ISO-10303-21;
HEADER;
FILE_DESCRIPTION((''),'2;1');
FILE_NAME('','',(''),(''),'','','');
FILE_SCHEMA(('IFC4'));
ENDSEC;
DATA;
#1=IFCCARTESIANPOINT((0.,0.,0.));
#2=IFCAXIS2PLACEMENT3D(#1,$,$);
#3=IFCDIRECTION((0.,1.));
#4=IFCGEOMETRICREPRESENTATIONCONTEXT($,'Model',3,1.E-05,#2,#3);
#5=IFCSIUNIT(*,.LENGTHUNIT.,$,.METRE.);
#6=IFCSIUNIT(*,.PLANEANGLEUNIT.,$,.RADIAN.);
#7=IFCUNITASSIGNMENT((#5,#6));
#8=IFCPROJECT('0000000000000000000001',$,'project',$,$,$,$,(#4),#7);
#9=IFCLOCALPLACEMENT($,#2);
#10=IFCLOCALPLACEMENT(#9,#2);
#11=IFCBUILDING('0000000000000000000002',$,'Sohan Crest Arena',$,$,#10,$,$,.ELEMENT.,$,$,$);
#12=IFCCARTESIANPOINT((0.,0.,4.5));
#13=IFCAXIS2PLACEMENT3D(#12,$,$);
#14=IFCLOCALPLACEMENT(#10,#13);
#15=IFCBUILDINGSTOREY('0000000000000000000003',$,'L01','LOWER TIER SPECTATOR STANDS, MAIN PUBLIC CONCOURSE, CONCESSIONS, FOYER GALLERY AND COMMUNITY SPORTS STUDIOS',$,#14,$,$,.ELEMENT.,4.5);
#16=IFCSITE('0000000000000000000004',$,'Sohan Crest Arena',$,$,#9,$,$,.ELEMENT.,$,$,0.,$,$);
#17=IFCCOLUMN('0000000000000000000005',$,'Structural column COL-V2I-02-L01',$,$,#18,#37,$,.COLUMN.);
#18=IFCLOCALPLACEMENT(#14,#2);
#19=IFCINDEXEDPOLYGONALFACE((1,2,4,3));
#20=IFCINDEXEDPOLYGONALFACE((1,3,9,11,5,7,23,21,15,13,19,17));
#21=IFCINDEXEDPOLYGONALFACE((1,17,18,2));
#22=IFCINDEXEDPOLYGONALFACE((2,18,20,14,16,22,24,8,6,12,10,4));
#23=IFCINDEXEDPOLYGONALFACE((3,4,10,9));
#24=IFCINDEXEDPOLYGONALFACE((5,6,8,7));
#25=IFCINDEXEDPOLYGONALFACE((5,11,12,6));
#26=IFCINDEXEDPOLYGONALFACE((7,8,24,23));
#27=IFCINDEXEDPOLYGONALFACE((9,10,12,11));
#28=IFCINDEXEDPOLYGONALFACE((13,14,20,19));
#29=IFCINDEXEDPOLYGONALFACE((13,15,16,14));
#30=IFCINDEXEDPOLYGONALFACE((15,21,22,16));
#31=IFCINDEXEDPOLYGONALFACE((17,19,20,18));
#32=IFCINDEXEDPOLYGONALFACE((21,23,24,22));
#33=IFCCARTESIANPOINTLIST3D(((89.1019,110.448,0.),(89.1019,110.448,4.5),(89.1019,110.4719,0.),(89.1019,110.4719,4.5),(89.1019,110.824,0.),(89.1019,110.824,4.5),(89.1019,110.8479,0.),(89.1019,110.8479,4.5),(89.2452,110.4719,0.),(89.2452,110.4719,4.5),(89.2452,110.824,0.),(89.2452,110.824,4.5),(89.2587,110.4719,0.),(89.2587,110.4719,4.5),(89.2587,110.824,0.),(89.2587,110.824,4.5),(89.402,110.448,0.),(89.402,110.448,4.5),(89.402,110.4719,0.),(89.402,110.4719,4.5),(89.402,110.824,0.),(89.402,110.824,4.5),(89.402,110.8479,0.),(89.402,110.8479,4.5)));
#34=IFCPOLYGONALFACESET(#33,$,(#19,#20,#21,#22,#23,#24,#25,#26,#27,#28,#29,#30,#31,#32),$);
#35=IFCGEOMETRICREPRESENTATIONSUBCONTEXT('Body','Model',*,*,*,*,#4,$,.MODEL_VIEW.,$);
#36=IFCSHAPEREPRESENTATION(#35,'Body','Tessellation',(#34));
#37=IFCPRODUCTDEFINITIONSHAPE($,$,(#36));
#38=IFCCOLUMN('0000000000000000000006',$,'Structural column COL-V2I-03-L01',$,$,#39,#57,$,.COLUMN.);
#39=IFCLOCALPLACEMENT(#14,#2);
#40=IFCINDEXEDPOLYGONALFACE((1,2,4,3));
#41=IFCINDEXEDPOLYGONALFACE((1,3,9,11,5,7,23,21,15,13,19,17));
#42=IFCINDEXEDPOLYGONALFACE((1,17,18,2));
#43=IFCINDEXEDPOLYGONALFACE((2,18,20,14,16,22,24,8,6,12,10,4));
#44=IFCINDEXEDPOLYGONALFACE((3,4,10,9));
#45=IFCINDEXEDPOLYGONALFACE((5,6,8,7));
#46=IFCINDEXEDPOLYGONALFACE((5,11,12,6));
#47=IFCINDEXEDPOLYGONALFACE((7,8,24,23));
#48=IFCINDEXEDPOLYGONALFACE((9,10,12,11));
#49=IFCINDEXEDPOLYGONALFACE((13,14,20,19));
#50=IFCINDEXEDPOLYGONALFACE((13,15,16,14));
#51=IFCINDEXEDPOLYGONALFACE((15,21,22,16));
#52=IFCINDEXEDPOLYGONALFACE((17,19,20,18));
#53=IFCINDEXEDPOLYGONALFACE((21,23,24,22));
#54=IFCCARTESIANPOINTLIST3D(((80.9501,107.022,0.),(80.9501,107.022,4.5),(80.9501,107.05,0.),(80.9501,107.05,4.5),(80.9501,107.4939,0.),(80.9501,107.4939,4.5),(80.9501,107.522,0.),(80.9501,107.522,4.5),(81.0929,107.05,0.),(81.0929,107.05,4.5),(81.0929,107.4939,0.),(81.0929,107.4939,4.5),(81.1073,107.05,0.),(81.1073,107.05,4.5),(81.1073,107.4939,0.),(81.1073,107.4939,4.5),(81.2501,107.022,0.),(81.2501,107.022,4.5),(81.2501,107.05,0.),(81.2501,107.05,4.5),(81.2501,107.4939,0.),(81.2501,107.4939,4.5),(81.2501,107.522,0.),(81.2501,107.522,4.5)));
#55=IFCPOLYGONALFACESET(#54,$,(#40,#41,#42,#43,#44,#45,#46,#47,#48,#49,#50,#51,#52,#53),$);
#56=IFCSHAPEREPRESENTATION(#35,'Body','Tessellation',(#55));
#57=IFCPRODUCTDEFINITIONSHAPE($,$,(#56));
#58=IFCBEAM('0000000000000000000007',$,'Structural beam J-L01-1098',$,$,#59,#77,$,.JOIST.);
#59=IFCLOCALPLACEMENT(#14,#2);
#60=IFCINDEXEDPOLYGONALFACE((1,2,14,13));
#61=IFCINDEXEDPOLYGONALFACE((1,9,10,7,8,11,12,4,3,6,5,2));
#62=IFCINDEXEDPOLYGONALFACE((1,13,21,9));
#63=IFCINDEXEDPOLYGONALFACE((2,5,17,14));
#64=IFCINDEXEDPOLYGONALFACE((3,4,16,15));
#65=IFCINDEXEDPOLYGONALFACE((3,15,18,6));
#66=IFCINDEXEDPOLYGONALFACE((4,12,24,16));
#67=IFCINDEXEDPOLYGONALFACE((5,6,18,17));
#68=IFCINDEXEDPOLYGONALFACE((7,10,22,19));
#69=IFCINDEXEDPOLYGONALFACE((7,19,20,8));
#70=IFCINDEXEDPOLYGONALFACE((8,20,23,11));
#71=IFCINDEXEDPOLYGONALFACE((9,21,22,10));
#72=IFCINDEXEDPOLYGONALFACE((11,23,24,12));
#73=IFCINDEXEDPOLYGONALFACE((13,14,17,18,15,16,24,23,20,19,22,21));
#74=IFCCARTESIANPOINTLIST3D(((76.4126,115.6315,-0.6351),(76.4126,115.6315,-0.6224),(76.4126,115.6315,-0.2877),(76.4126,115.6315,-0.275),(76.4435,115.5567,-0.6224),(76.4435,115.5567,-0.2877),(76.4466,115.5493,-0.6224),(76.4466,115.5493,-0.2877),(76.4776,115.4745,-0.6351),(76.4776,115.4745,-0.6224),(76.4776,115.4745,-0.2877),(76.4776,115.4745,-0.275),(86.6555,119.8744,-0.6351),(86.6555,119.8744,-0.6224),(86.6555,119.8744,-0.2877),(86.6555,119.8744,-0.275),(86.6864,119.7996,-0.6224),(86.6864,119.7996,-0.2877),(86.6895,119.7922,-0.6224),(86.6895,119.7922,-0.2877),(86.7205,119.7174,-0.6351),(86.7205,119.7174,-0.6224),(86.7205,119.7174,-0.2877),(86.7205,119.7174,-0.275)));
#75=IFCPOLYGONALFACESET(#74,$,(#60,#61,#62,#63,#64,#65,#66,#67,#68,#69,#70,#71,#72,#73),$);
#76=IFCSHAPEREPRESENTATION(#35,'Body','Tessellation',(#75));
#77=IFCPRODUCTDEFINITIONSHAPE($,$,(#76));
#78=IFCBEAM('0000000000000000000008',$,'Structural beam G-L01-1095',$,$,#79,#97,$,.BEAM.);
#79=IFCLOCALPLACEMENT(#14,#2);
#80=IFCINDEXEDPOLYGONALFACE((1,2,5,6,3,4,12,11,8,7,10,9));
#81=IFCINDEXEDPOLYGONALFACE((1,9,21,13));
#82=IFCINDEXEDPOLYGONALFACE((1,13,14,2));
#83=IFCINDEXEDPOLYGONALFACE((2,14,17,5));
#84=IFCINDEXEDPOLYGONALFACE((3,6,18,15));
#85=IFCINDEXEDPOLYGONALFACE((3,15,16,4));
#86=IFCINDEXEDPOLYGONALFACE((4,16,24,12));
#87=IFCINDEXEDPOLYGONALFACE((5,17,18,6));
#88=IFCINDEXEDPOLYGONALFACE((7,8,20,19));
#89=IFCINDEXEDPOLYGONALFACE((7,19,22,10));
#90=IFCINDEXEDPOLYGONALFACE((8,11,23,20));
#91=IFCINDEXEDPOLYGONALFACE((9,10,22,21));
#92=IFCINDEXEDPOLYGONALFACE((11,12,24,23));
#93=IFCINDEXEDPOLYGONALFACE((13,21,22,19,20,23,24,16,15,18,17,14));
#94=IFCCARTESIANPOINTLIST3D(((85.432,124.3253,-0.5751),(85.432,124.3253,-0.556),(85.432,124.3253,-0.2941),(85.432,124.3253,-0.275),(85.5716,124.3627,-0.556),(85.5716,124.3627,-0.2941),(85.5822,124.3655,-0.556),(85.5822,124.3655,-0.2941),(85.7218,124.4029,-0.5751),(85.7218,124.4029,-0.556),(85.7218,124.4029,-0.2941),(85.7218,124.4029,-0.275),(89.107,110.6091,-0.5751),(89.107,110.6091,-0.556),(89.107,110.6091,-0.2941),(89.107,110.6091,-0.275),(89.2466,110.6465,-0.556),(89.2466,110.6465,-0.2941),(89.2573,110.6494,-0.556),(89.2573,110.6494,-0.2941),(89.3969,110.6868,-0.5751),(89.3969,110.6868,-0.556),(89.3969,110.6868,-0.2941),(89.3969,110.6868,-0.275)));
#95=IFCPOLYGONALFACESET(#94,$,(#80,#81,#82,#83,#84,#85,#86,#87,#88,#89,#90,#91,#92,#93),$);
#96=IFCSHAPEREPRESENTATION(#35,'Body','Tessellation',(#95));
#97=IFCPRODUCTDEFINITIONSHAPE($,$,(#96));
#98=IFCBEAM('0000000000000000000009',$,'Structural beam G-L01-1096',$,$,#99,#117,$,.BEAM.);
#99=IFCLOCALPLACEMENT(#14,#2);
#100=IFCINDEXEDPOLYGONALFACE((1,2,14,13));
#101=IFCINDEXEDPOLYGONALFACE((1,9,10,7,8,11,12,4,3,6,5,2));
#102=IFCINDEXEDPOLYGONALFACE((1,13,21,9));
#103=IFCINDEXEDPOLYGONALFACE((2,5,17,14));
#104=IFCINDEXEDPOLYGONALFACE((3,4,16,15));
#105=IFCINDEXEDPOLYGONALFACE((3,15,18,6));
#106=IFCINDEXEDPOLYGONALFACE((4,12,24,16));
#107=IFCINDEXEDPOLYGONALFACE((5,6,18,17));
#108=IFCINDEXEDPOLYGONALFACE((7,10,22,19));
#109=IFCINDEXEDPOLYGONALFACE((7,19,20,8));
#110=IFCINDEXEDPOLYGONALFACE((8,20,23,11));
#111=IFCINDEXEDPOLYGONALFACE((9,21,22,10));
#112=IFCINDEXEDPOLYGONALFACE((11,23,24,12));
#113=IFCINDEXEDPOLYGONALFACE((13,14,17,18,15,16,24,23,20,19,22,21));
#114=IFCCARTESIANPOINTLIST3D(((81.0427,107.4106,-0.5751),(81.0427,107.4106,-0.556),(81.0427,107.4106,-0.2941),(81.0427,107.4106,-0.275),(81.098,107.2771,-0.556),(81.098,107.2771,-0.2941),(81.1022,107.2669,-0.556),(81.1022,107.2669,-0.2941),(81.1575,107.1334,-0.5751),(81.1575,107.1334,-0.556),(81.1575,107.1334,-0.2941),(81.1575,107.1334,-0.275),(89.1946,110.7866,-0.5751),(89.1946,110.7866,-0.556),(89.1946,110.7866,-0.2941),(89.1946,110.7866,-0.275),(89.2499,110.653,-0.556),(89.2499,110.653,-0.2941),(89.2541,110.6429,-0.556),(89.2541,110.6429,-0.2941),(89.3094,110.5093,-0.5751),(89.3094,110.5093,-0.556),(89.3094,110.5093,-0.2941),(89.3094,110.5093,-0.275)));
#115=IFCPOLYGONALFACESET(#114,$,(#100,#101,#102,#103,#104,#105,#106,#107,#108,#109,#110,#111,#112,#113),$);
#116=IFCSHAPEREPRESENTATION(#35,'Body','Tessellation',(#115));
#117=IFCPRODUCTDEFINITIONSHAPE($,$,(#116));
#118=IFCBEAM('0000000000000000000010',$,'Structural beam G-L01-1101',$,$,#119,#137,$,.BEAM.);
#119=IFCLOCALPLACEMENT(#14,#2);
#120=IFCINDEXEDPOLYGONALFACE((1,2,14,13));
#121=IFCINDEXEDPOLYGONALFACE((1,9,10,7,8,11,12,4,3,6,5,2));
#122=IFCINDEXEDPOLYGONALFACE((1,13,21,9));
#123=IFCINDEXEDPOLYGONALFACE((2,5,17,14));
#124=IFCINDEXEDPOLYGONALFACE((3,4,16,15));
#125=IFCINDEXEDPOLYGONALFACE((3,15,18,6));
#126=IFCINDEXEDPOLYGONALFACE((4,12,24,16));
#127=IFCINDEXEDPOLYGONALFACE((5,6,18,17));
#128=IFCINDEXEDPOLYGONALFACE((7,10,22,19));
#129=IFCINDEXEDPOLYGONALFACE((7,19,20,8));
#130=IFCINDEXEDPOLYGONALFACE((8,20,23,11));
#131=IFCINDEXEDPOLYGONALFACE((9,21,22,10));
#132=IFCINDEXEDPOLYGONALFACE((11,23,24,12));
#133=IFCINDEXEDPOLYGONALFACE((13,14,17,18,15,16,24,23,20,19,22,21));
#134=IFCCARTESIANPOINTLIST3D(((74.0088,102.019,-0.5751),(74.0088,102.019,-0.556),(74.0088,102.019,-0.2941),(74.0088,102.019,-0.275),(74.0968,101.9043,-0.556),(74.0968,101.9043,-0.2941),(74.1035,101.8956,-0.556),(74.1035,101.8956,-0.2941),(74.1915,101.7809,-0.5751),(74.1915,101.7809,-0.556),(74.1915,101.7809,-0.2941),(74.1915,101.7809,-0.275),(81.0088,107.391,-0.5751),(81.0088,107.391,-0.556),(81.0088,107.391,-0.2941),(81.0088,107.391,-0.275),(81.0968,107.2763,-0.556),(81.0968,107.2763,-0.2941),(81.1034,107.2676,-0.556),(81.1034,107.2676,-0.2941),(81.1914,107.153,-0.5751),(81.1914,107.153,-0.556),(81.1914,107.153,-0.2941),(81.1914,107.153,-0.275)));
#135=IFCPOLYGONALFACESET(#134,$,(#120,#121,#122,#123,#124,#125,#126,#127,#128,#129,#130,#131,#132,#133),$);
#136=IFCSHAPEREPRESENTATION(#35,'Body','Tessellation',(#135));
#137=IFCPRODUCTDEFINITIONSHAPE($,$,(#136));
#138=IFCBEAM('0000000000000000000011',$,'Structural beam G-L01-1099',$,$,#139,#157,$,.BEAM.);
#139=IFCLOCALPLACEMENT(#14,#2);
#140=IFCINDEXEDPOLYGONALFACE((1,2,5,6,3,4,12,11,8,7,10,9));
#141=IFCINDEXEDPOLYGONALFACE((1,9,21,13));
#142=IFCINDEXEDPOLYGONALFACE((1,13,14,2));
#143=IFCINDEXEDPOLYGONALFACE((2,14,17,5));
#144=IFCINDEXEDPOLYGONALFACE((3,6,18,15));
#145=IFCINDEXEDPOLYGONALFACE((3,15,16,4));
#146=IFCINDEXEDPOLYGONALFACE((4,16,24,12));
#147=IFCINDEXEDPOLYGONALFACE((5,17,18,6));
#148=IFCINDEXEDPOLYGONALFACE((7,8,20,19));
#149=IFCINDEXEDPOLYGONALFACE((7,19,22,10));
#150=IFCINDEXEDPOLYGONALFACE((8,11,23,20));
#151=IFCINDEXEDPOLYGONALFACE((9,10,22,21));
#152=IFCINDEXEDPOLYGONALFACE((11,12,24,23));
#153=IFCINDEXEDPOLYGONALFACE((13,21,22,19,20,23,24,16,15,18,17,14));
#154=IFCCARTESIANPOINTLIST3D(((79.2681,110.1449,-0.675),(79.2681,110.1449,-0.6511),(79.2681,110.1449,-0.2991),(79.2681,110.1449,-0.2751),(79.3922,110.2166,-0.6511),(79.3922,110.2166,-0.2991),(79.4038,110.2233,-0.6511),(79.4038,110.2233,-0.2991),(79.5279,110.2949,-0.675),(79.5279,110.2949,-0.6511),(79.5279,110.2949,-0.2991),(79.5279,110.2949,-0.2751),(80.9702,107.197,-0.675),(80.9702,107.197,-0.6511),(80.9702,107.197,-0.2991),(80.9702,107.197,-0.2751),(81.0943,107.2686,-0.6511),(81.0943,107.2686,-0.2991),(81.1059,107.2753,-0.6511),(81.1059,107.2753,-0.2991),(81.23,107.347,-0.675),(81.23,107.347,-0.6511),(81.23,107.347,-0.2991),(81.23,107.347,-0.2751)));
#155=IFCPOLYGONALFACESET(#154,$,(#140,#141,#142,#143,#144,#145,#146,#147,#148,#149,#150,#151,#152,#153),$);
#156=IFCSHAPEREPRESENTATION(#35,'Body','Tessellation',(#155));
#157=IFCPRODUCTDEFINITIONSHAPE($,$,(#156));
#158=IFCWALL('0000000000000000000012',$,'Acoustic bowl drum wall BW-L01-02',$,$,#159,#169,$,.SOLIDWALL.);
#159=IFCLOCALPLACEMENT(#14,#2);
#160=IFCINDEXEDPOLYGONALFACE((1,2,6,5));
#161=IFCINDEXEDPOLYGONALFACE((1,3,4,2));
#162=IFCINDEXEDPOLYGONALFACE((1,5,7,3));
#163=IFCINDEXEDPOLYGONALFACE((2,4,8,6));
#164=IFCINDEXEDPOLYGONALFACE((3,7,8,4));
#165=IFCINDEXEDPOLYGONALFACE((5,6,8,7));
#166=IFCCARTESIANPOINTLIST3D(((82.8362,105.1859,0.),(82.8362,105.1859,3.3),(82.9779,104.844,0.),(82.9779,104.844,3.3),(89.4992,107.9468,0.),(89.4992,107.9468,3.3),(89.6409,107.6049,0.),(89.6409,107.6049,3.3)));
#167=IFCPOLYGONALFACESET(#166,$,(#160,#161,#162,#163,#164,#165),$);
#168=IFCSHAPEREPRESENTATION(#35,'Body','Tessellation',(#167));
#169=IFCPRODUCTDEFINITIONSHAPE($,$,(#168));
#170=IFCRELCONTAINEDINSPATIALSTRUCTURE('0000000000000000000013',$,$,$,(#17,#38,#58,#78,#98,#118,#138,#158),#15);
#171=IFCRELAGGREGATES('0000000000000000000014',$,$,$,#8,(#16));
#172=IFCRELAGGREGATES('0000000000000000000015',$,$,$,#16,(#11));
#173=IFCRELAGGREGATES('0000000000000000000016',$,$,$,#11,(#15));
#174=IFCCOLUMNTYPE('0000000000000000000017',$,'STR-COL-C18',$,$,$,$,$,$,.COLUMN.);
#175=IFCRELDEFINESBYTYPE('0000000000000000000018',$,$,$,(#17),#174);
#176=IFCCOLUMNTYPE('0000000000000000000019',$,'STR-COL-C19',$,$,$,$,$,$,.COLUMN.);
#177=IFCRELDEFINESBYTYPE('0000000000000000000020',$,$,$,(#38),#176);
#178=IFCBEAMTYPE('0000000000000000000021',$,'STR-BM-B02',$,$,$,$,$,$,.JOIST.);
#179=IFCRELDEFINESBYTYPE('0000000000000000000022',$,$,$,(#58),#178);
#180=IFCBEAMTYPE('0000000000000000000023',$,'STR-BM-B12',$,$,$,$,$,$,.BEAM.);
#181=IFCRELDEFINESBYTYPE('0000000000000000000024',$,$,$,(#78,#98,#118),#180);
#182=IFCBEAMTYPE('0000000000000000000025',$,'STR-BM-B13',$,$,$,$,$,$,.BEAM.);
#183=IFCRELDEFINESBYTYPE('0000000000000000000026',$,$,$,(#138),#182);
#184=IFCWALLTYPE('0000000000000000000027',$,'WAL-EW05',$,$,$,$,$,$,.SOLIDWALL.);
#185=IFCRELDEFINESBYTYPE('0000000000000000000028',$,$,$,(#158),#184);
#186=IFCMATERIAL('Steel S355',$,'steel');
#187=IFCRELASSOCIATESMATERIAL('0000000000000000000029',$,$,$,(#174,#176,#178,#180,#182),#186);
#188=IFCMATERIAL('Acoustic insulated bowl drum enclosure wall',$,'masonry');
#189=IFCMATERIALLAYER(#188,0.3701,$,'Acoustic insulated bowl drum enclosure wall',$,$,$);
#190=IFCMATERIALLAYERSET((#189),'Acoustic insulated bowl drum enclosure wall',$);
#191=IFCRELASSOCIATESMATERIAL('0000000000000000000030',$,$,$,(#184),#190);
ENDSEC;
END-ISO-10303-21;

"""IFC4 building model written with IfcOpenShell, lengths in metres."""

from ifc_helpers import new_model, si_unit, direction, frame, frame_2d, origin, origin_2d, place, context, subcontext, project, spatial, rectangle, i_section, extrude, material, layer, layer_set, material_profile, profile_set, type_object, element, save


model = new_model("IFC4")

# Units and contexts
model_context = context("Model", 3, precision=1e-05, world=origin(), true_north=direction((0.0, 1.0)))
body_context = subcontext(model_context, "Body", "Model", "MODEL_VIEW")
ifc_project = project(units=[si_unit("LENGTHUNIT", "METRE"), si_unit("PLANEANGLEUNIT", "RADIAN")], contexts=[model_context])

# Site, building, storey
site_placement = place(None, origin())
site = spatial("IfcSite", under=ifc_project, at=site_placement, Name="Sohan Crest Arena", CompositionType="ELEMENT", RefElevation=0.0)
building_placement = place(site_placement, origin())
building = spatial("IfcBuilding", under=site, at=building_placement, Name="Sohan Crest Arena", CompositionType="ELEMENT")
storey_placement = place(building_placement, frame((0.0, 0.0, 4.5)))
storey = spatial("IfcBuildingStorey", under=building, at=storey_placement, Name="L01", Description="LOWER TIER SPECTATOR STANDS, MAIN PUBLIC CONCOURSE, CONCESSIONS, FOYER GALLERY AND COMMUNITY SPORTS STUDIOS", CompositionType="ELEMENT", Elevation=4.5)

# Columns
ifc_material_1 = material(Name="Steel S355", Category="steel")
ifc_material_profile_1 = material_profile(ifc_material_1, i_section(OverallWidth=0.3, OverallDepth=0.3999, WebThickness=0.0134, FlangeThickness=0.0239, at=origin_2d()), Name="HEB 400")
ifc_profile_set_1 = profile_set([ifc_material_profile_1], Name="Steel S355")
column_type_1 = type_object("IfcColumnType", Name="STR-COL-C18", PredefinedType="COLUMN", material=ifc_profile_set_1)
column_1_placement = place(storey_placement, frame((89.252, 110.6479, 0.0), z_axis=(0.0, 0.0, 1.0), x_axis=(1.0, 0.0, 0.0)))
element("IfcColumn", 1, at=column_1_placement, inside=storey, type_object=column_type_1, Name="Structural column COL-V2I-02-L01", PredefinedType="COLUMN", context=body_context, shape_type="SweptSolid", body=[
    extrude(i_section(OverallWidth=0.3, OverallDepth=0.3999, WebThickness=0.0134, FlangeThickness=0.0239, at=origin_2d()), origin(), (0.0, 0.0, 1.0), 4.5),
])
ifc_material_profile_2 = material_profile(ifc_material_1, i_section(OverallWidth=0.3, OverallDepth=0.5, WebThickness=0.0144, FlangeThickness=0.0281, at=origin_2d()), Name="HEB 500")
ifc_profile_set_2 = profile_set([ifc_material_profile_2], Name="Steel S355")
column_type_2 = type_object("IfcColumnType", Name="STR-COL-C19", PredefinedType="COLUMN", material=ifc_profile_set_2)
column_2_placement = place(storey_placement, frame((81.1001, 107.272, 0.0), z_axis=(0.0, 0.0, 1.0), x_axis=(1.0, 0.0, 0.0)))
element("IfcColumn", 2, at=column_2_placement, inside=storey, type_object=column_type_2, Name="Structural column COL-V2I-03-L01", PredefinedType="COLUMN", context=body_context, shape_type="SweptSolid", body=[
    extrude(i_section(OverallWidth=0.3, OverallDepth=0.5, WebThickness=0.0144, FlangeThickness=0.0281, at=origin_2d()), origin(), (0.0, 0.0, 1.0), 4.5),
])

# Beams
ifc_material_profile_3 = material_profile(ifc_material_1, i_section(OverallWidth=0.1699, OverallDepth=0.3601, WebThickness=0.0081, FlangeThickness=0.0127, at=origin_2d()), Name="IPE 360")
ifc_profile_set_3 = profile_set([ifc_material_profile_3], Name="Steel S355")
beam_type_1 = type_object("IfcBeamType", Name="STR-BM-B02", PredefinedType="JOIST", material=ifc_profile_set_3)
beam_1_placement = place(storey_placement, frame((86.688, 119.7959, -0.4551), z_axis=(-0.923874, -0.382696, 0.0), x_axis=(0.382696, -0.923874, 0.0)))
element("IfcBeam", 3, at=beam_1_placement, inside=storey, type_object=beam_type_1, Name="Structural beam J-L01-1098", PredefinedType="JOIST", context=body_context, shape_type="SweptSolid", body=[
    extrude(i_section(OverallWidth=0.1699, OverallDepth=0.3601, WebThickness=0.0081, FlangeThickness=0.0127, at=origin_2d()), origin(), (0.0, 0.0, 1.0), 11.0869),
])
ifc_material_profile_4 = material_profile(ifc_material_1, i_section(OverallWidth=0.3, OverallDepth=0.3, WebThickness=0.011, FlangeThickness=0.019, at=origin_2d()), Name="HEB 300")
ifc_profile_set_4 = profile_set([ifc_material_profile_4], Name="Steel S355")
beam_type_2 = type_object("IfcBeamType", Name="STR-BM-B12", PredefinedType="BEAM", material=ifc_profile_set_4)
beam_2_placement = place(storey_placement, frame((89.252, 110.6479, -0.425), z_axis=(-0.258809, 0.965929, 0.0), x_axis=(-0.965929, -0.258809, 0.0)))
element("IfcBeam", 4, at=beam_2_placement, inside=storey, type_object=beam_type_2, Name="Structural beam G-L01-1095", PredefinedType="BEAM", context=body_context, shape_type="SweptSolid", body=[
    extrude(i_section(OverallWidth=0.3, OverallDepth=0.3, WebThickness=0.011, FlangeThickness=0.019, at=origin_2d()), origin(), (0.0, 0.0, 1.0), 14.2),
])
beam_3_placement = place(storey_placement, frame((89.252, 110.6479, -0.425), z_axis=(-0.923905, -0.382622, 0.0), x_axis=(0.382622, -0.923905, 0.0)))
element("IfcBeam", 5, at=beam_3_placement, inside=storey, type_object=beam_type_2, Name="Structural beam G-L01-1096", PredefinedType="BEAM", context=body_context, shape_type="SweptSolid", body=[
    extrude(i_section(OverallWidth=0.3, OverallDepth=0.3, WebThickness=0.011, FlangeThickness=0.019, at=origin_2d()), origin(), (0.0, 0.0, 1.0), 8.8232),
])
beam_4_placement = place(storey_placement, frame((81.1001, 107.272, -0.425), z_axis=(-0.793311, -0.608817, 0.0), x_axis=(0.608817, -0.793311, 0.0)))
element("IfcBeam", 6, at=beam_4_placement, inside=storey, type_object=beam_type_2, Name="Structural beam G-L01-1101", PredefinedType="BEAM", context=body_context, shape_type="SweptSolid", body=[
    extrude(i_section(OverallWidth=0.3, OverallDepth=0.3, WebThickness=0.011, FlangeThickness=0.019, at=origin_2d()), origin(), (0.0, 0.0, 1.0), 8.8237),
])
ifc_material_profile_5 = material_profile(ifc_material_1, i_section(OverallWidth=0.3, OverallDepth=0.3999, WebThickness=0.0134, FlangeThickness=0.0239, at=origin_2d()), Name="HEB 400")
ifc_profile_set_5 = profile_set([ifc_material_profile_5], Name="Steel S355")
beam_type_3 = type_object("IfcBeamType", Name="STR-BM-B13", PredefinedType="BEAM", material=ifc_profile_set_5)
beam_5_placement = place(storey_placement, frame((81.1001, 107.272, -0.4751), z_axis=(-0.500027, 0.86601, 0.0), x_axis=(-0.86601, -0.500027, 0.0)))
element("IfcBeam", 7, at=beam_5_placement, inside=storey, type_object=beam_type_3, Name="Structural beam G-L01-1099", PredefinedType="BEAM", context=body_context, shape_type="SweptSolid", body=[
    extrude(i_section(OverallWidth=0.3, OverallDepth=0.3999, WebThickness=0.0134, FlangeThickness=0.0239, at=origin_2d()), origin(), (0.0, 0.0, 1.0), 3.4041),
])

# Wall
ifc_material_2 = material(Name="Acoustic insulated bowl drum enclosure wall", Category="masonry")
ifc_layer_1 = layer(ifc_material_2, 0.3701, Name="Acoustic insulated bowl drum enclosure wall")
ifc_layer_set_1 = layer_set([ifc_layer_1], Name="Acoustic insulated bowl drum enclosure wall")
wall_type_1 = type_object("IfcWallType", Name="WAL-EW05", PredefinedType="SOLIDWALL", material=ifc_layer_set_1)
wall_1_placement = place(storey_placement, frame((89.5701, 107.7759, 0.0), z_axis=(0.0, 0.0, 1.0), x_axis=(-0.923828, -0.382807, 0.0)))
element("IfcWall", 8, at=wall_1_placement, inside=storey, type_object=wall_type_1, Name="Acoustic bowl drum wall BW-L01-02", PredefinedType="SOLIDWALL", context=body_context, shape_type="SweptSolid", body=[
    extrude(rectangle(XDim=7.2124, YDim=0.3701, at=frame_2d((3.6062, 0.0))), origin(), (0.0, 0.0, 1.0), 3.3),
])

save(model, "model.ifc")
